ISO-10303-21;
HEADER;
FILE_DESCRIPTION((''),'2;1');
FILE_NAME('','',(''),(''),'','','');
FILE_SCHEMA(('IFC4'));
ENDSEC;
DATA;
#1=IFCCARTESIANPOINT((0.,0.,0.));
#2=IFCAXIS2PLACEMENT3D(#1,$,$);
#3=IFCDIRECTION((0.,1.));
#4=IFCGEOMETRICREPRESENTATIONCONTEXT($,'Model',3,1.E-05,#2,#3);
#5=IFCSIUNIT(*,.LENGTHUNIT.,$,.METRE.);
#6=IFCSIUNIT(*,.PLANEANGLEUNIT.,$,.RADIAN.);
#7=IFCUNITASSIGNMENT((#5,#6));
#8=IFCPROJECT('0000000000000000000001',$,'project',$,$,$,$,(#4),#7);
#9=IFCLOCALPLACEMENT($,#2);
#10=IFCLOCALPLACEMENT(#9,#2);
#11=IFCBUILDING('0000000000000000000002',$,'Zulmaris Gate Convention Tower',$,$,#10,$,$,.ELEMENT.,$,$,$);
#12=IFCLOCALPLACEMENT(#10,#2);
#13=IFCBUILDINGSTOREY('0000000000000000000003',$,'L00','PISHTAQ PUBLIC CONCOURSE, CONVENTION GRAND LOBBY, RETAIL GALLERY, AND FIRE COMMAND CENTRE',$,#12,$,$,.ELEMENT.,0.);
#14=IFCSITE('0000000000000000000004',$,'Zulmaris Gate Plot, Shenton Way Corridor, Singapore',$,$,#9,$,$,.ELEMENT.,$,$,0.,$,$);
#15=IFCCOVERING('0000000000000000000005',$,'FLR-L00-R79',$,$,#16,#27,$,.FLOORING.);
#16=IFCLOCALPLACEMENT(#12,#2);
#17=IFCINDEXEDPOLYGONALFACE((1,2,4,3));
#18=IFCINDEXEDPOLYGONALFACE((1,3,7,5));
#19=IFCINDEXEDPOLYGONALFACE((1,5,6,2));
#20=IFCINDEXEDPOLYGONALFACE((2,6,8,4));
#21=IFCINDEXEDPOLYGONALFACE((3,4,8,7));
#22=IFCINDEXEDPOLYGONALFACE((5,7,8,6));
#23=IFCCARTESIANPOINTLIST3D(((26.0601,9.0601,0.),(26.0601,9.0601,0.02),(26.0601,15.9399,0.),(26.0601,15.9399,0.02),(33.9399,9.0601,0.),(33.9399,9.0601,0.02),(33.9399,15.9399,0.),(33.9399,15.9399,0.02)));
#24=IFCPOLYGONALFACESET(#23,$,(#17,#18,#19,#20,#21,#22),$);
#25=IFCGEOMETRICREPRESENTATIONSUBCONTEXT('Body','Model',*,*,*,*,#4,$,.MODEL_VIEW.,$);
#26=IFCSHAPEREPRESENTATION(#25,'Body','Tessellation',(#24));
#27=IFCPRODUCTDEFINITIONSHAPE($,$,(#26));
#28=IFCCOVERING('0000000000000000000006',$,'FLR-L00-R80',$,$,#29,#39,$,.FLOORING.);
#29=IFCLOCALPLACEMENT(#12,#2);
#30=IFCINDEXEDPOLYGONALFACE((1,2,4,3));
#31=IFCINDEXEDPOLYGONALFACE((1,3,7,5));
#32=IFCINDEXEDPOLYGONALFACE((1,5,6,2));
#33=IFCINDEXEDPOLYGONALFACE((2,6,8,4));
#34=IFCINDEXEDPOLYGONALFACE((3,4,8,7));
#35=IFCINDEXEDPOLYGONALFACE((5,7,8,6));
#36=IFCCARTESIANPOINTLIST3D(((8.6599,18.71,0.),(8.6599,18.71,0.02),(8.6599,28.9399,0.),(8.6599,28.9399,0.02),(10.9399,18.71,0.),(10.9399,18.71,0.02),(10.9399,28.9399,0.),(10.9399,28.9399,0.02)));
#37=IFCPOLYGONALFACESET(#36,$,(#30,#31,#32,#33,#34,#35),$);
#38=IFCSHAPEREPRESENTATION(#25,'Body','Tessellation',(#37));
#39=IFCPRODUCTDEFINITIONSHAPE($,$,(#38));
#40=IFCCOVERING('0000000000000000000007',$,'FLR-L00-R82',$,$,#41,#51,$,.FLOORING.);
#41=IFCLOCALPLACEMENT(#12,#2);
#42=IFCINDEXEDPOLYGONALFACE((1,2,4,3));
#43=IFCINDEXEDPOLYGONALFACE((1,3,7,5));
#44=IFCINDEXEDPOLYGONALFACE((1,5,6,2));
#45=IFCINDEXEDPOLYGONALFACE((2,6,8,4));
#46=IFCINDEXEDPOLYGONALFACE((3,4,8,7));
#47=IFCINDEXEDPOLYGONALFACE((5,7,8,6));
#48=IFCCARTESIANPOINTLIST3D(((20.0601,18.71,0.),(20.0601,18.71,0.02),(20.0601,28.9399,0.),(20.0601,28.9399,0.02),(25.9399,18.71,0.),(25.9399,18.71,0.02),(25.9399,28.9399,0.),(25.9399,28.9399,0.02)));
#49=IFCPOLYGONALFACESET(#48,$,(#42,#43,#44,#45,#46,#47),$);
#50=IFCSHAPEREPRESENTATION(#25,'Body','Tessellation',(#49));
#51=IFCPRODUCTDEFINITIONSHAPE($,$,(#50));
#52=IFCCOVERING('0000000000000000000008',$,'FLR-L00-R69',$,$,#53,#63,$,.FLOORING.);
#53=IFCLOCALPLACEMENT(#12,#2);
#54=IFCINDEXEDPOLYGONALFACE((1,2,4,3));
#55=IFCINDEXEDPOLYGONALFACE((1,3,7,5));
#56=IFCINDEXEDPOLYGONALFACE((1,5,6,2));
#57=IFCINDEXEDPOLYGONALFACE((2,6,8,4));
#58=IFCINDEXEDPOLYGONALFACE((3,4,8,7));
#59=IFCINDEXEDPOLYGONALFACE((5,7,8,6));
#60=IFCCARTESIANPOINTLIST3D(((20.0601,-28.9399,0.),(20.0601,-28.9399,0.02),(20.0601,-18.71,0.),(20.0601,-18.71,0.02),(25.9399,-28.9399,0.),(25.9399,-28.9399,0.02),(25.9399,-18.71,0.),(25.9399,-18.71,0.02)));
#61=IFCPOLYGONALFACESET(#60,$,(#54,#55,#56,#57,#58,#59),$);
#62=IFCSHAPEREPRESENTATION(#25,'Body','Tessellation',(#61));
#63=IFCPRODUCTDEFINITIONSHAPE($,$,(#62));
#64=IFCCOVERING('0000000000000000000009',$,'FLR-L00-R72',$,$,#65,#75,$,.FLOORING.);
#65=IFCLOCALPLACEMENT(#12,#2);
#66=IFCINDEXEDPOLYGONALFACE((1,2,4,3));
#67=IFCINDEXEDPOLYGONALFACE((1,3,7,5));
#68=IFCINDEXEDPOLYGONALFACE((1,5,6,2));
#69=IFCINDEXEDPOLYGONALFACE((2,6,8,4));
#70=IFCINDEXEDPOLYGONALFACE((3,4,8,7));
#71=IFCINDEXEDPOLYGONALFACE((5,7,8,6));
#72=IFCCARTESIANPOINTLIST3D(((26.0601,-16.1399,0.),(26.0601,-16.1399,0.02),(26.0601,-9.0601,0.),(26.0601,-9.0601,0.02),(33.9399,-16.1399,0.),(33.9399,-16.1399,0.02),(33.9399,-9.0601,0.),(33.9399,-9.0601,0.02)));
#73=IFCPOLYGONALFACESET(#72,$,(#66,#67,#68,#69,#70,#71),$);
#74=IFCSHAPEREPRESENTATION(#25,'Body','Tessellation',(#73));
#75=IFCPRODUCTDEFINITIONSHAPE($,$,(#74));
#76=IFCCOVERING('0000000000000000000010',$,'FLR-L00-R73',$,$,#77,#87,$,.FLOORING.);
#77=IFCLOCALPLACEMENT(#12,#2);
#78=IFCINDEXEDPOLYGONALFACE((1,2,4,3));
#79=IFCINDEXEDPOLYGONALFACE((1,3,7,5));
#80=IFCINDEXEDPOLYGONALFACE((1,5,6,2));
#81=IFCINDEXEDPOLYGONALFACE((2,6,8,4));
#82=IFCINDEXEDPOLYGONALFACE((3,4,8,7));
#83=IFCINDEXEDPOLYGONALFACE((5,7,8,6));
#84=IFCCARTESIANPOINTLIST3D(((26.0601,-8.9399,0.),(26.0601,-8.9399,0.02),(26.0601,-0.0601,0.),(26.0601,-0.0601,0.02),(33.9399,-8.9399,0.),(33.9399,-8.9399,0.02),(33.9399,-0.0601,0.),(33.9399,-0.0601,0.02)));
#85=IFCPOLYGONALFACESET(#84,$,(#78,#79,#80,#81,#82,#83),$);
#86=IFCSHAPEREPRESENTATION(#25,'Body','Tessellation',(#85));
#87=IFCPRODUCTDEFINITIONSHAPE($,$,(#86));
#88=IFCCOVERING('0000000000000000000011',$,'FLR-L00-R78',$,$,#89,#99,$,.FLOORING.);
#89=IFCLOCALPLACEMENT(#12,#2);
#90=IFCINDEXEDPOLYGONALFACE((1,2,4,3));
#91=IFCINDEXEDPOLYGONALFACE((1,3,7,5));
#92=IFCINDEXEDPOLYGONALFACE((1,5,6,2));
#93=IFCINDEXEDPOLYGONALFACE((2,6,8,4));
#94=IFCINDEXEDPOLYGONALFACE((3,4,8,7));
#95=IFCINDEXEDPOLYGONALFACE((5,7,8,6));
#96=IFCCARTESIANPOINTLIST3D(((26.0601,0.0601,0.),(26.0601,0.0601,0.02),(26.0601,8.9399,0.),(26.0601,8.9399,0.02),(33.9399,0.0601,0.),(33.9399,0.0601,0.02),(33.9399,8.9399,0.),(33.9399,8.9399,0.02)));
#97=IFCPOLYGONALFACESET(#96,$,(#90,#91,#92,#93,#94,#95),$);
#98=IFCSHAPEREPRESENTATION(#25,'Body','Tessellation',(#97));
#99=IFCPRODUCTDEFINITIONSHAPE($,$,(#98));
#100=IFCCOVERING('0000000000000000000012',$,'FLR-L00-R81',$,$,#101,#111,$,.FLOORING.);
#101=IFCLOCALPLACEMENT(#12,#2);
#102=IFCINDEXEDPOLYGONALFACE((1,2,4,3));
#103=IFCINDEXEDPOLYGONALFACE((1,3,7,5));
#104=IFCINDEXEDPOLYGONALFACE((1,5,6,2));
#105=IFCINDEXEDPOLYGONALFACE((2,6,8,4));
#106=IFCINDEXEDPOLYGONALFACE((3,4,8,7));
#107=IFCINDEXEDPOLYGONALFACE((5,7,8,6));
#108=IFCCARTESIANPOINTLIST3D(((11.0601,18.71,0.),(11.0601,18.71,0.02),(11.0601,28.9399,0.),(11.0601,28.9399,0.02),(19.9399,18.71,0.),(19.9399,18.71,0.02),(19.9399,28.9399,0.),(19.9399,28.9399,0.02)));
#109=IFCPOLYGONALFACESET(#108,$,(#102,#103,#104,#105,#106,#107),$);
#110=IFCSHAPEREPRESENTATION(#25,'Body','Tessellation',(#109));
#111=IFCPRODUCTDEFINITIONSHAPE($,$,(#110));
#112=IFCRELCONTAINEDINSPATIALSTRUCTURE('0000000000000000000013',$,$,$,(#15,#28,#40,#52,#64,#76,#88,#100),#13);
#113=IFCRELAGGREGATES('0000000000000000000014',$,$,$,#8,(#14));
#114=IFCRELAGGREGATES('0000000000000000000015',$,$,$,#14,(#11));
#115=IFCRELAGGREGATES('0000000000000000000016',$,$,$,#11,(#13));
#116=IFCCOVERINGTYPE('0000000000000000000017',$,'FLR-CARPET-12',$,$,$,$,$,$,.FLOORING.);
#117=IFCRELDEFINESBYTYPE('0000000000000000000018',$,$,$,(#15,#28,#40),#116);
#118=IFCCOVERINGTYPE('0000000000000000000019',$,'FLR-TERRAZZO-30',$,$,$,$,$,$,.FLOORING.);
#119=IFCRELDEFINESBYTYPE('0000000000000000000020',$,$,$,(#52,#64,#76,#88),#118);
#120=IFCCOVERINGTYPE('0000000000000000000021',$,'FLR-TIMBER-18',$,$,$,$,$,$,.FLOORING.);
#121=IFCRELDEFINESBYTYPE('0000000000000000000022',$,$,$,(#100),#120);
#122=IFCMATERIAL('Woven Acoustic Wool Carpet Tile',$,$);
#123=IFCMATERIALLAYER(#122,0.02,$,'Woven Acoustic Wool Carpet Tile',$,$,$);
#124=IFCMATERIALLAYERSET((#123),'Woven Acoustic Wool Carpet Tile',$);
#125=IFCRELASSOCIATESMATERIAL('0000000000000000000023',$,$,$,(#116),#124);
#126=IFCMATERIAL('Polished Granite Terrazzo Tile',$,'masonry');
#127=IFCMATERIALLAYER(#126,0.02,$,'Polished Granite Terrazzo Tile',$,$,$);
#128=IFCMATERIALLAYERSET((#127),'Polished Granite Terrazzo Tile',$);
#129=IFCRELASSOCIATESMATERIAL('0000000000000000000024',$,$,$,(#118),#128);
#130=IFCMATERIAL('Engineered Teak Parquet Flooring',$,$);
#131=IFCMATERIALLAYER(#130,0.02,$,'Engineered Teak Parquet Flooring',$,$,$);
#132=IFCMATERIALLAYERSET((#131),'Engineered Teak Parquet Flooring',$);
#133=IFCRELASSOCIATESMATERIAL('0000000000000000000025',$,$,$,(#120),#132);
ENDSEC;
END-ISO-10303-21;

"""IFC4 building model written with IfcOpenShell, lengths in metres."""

from ifc_helpers import new_model, si_unit, direction, origin, place, context, subcontext, project, spatial, polyline, outline, extrude, material, layer, layer_set, type_object, element, save


model = new_model("IFC4")

# Units and contexts
model_context = context("Model", 3, precision=1e-05, world=origin(), true_north=direction((0.0, 1.0)))
body_context = subcontext(model_context, "Body", "Model", "MODEL_VIEW")
ifc_project = project(units=[si_unit("LENGTHUNIT", "METRE"), si_unit("PLANEANGLEUNIT", "RADIAN")], contexts=[model_context])

# Site, building, storey
site_placement = place(None, origin())
site = spatial("IfcSite", under=ifc_project, at=site_placement, Name="Zulmaris Gate Plot, Shenton Way Corridor, Singapore", CompositionType="ELEMENT", RefElevation=0.0)
building_placement = place(site_placement, origin())
building = spatial("IfcBuilding", under=site, at=building_placement, Name="Zulmaris Gate Convention Tower", CompositionType="ELEMENT")
storey_placement = place(building_placement, origin())
storey = spatial("IfcBuildingStorey", under=building, at=storey_placement, Name="L00", Description="PISHTAQ PUBLIC CONCOURSE, CONVENTION GRAND LOBBY, RETAIL GALLERY, AND FIRE COMMAND CENTRE", CompositionType="ELEMENT", Elevation=0.0)

# Coverings
ifc_material_1 = material(Name="Woven Acoustic Wool Carpet Tile")
ifc_layer_1 = layer(ifc_material_1, 0.02, Name="Woven Acoustic Wool Carpet Tile")
ifc_layer_set_1 = layer_set([ifc_layer_1], Name="Woven Acoustic Wool Carpet Tile")
covering_type_1 = type_object("IfcCoveringType", Name="FLR-CARPET-12", PredefinedType="FLOORING", material=ifc_layer_set_1)
covering_1_placement = place(storey_placement, origin())
element("IfcCovering", 1, at=covering_1_placement, inside=storey, type_object=covering_type_1, Name="FLR-L00-R79", PredefinedType="FLOORING", context=body_context, shape_type="SweptSolid", body=[
    extrude(outline(polyline([(26.0601, 9.0601), (33.9399, 9.0601), (33.9399, 15.9399), (26.0601, 15.9399), (26.0601, 9.0601)])), origin(), (0.0, 0.0, 1.0), 0.02),
])
covering_2_placement = place(storey_placement, origin())
element("IfcCovering", 2, at=covering_2_placement, inside=storey, type_object=covering_type_1, Name="FLR-L00-R80", PredefinedType="FLOORING", context=body_context, shape_type="SweptSolid", body=[
    extrude(outline(polyline([(8.6599, 18.71), (10.9399, 18.71), (10.9399, 28.9399), (8.6599, 28.9399), (8.6599, 18.71)])), origin(), (0.0, 0.0, 1.0), 0.02),
])
covering_3_placement = place(storey_placement, origin())
element("IfcCovering", 3, at=covering_3_placement, inside=storey, type_object=covering_type_1, Name="FLR-L00-R82", PredefinedType="FLOORING", context=body_context, shape_type="SweptSolid", body=[
    extrude(outline(polyline([(20.0601, 18.71), (25.9399, 18.71), (25.9399, 28.9399), (20.0601, 28.9399), (20.0601, 18.71)])), origin(), (0.0, 0.0, 1.0), 0.02),
])
ifc_material_2 = material(Name="Polished Granite Terrazzo Tile", Category="masonry")
ifc_layer_2 = layer(ifc_material_2, 0.02, Name="Polished Granite Terrazzo Tile")
ifc_layer_set_2 = layer_set([ifc_layer_2], Name="Polished Granite Terrazzo Tile")
covering_type_2 = type_object("IfcCoveringType", Name="FLR-TERRAZZO-30", PredefinedType="FLOORING", material=ifc_layer_set_2)
covering_4_placement = place(storey_placement, origin())
element("IfcCovering", 4, at=covering_4_placement, inside=storey, type_object=covering_type_2, Name="FLR-L00-R69", PredefinedType="FLOORING", context=body_context, shape_type="SweptSolid", body=[
    extrude(outline(polyline([(20.0601, -28.9399), (25.9399, -28.9399), (25.9399, -18.71), (20.0601, -18.71), (20.0601, -28.9399)])), origin(), (0.0, 0.0, 1.0), 0.02),
])
covering_5_placement = place(storey_placement, origin())
element("IfcCovering", 5, at=covering_5_placement, inside=storey, type_object=covering_type_2, Name="FLR-L00-R72", PredefinedType="FLOORING", context=body_context, shape_type="SweptSolid", body=[
    extrude(outline(polyline([(26.0601, -16.1399), (33.9399, -16.1399), (33.9399, -9.0601), (26.0601, -9.0601), (26.0601, -16.1399)])), origin(), (0.0, 0.0, 1.0), 0.02),
])
covering_6_placement = place(storey_placement, origin())
element("IfcCovering", 6, at=covering_6_placement, inside=storey, type_object=covering_type_2, Name="FLR-L00-R73", PredefinedType="FLOORING", context=body_context, shape_type="SweptSolid", body=[
    extrude(outline(polyline([(26.0601, -8.9399), (33.9399, -8.9399), (33.9399, -0.0601), (26.0601, -0.0601), (26.0601, -8.9399)])), origin(), (0.0, 0.0, 1.0), 0.02),
])
covering_7_placement = place(storey_placement, origin())
element("IfcCovering", 7, at=covering_7_placement, inside=storey, type_object=covering_type_2, Name="FLR-L00-R78", PredefinedType="FLOORING", context=body_context, shape_type="SweptSolid", body=[
    extrude(outline(polyline([(26.0601, 0.0601), (33.9399, 0.0601), (33.9399, 8.9399), (26.0601, 8.9399), (26.0601, 0.0601)])), origin(), (0.0, 0.0, 1.0), 0.02),
])
ifc_material_3 = material(Name="Engineered Teak Parquet Flooring")
ifc_layer_3 = layer(ifc_material_3, 0.02, Name="Engineered Teak Parquet Flooring")
ifc_layer_set_3 = layer_set([ifc_layer_3], Name="Engineered Teak Parquet Flooring")
covering_type_3 = type_object("IfcCoveringType", Name="FLR-TIMBER-18", PredefinedType="FLOORING", material=ifc_layer_set_3)
covering_8_placement = place(storey_placement, origin())
element("IfcCovering", 8, at=covering_8_placement, inside=storey, type_object=covering_type_3, Name="FLR-L00-R81", PredefinedType="FLOORING", context=body_context, shape_type="SweptSolid", body=[
    extrude(outline(polyline([(11.0601, 18.71), (19.9399, 18.71), (19.9399, 28.9399), (11.0601, 28.9399), (11.0601, 18.71)])), origin(), (0.0, 0.0, 1.0), 0.02),
])

save(model, "model.ifc")
